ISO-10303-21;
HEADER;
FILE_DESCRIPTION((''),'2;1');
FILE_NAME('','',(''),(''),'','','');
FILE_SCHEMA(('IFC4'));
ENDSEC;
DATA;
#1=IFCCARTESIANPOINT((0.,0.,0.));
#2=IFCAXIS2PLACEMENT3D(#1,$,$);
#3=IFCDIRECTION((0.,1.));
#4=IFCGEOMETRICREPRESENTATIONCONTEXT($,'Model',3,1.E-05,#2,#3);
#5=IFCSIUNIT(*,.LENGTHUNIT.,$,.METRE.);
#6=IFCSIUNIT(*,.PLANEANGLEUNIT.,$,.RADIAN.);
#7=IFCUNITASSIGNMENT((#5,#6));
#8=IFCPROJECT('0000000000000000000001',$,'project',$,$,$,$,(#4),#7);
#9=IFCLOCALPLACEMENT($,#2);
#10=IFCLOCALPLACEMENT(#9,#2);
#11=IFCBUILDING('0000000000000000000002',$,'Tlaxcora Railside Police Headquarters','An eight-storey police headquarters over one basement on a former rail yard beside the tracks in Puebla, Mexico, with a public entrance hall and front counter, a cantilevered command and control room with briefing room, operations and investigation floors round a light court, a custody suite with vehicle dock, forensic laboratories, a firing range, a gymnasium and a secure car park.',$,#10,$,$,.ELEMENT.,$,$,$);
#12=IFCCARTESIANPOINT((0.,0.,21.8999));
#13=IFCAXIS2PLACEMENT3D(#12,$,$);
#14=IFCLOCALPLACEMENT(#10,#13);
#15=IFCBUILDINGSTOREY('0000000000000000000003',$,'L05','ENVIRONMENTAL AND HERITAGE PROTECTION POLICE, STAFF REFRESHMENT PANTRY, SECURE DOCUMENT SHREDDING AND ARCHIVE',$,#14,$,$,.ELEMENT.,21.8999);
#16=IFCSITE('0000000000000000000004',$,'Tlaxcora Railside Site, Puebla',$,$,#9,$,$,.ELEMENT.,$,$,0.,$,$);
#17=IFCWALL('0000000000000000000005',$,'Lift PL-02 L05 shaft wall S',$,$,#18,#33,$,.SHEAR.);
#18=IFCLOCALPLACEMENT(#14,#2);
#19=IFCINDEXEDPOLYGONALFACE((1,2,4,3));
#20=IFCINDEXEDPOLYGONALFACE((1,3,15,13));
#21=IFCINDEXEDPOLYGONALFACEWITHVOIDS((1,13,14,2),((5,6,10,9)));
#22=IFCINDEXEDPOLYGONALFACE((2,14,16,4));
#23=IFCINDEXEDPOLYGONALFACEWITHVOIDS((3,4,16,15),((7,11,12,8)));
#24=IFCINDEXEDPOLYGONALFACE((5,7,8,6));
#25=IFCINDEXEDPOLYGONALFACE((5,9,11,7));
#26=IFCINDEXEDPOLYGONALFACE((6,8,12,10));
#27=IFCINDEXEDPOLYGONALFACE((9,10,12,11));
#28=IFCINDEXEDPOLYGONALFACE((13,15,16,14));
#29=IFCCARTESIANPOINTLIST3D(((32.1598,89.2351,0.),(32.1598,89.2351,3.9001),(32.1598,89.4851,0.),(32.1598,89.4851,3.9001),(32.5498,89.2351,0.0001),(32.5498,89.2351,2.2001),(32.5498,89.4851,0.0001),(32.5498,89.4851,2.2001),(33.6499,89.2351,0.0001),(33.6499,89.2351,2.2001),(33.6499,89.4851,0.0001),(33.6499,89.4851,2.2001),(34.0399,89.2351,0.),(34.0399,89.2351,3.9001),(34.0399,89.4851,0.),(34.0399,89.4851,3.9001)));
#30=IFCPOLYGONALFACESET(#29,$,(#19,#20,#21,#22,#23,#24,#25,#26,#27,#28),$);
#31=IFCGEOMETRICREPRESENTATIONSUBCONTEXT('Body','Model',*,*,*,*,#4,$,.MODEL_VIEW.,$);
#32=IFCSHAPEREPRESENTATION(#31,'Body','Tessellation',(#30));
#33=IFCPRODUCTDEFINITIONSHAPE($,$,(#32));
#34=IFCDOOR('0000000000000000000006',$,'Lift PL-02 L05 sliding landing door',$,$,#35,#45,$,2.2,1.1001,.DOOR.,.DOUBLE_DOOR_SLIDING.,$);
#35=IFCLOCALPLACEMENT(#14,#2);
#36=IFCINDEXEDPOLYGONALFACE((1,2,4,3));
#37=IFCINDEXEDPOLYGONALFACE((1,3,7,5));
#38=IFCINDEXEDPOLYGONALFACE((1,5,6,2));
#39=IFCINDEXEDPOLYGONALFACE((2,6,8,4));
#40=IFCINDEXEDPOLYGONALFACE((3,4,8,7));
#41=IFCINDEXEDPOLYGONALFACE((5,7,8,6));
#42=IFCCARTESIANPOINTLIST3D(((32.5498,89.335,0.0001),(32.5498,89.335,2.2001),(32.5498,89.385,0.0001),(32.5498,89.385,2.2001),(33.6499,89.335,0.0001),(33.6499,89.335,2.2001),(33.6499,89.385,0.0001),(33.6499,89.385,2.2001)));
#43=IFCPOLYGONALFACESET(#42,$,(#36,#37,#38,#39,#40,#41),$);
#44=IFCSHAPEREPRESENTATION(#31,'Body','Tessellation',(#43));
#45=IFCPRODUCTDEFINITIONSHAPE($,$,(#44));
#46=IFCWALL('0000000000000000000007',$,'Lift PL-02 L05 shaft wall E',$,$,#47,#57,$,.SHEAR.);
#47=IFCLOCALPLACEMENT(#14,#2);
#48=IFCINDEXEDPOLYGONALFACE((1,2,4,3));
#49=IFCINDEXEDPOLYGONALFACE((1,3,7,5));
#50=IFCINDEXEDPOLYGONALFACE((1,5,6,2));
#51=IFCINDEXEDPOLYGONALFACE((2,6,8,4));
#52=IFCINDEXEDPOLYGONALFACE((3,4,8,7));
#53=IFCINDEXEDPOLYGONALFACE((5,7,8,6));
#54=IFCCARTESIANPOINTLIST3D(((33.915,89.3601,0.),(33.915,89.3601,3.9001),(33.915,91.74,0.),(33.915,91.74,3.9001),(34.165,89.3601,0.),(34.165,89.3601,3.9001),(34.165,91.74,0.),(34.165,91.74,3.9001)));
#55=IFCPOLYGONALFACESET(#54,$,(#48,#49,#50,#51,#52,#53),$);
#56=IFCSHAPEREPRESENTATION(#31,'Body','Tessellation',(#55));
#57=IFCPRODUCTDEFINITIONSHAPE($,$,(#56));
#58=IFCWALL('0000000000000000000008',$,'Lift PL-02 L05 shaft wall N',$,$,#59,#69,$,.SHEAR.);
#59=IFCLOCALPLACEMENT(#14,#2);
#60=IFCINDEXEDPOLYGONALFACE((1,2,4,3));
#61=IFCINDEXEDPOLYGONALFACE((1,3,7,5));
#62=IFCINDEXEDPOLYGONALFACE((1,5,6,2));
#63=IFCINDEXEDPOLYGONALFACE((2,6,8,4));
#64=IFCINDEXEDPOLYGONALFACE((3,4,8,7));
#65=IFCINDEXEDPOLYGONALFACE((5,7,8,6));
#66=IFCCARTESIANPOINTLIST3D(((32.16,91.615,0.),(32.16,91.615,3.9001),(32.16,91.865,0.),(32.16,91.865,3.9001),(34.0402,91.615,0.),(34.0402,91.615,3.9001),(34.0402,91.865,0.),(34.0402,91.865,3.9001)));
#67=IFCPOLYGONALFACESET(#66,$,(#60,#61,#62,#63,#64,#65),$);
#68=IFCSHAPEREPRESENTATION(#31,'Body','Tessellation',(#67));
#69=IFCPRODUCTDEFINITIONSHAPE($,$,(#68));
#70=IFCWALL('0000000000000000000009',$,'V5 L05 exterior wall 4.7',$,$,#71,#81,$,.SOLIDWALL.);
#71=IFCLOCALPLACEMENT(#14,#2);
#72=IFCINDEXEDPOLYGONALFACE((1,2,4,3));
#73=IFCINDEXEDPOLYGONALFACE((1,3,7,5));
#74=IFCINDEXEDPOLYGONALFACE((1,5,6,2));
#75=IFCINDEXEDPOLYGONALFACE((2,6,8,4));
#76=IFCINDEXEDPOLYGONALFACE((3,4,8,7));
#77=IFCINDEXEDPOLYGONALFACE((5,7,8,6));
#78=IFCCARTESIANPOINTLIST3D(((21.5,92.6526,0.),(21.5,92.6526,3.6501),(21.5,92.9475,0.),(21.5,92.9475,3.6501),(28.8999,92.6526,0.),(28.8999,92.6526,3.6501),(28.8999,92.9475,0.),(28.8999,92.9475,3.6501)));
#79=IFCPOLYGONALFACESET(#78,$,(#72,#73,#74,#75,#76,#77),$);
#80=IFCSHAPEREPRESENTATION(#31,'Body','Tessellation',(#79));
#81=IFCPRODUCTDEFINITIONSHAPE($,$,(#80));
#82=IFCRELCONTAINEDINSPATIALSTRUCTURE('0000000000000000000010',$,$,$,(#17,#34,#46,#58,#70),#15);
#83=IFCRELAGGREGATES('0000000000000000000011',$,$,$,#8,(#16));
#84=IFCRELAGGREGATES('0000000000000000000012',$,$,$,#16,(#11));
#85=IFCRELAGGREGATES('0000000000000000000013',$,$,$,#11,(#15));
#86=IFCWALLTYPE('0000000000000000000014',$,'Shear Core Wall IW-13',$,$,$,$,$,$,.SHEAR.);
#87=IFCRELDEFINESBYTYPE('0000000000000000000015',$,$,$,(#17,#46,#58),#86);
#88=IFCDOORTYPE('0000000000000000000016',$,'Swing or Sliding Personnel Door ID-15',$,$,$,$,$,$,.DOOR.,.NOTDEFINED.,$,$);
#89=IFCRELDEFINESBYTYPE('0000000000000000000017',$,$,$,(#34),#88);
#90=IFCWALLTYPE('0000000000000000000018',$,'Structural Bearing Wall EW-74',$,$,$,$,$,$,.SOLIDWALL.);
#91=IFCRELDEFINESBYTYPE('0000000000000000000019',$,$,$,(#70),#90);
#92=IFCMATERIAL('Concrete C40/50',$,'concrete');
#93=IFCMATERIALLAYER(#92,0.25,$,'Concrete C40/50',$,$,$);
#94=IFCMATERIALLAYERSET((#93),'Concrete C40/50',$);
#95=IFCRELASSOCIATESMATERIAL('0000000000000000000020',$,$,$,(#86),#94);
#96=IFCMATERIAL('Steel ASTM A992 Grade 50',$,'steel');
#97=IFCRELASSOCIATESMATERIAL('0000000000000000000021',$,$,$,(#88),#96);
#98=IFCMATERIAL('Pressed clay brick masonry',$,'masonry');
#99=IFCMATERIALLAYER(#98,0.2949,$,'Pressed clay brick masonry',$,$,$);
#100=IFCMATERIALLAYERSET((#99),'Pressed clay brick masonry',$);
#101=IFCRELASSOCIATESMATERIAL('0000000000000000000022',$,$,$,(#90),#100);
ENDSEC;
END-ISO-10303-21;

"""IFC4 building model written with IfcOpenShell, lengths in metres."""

from ifc_helpers import new_model, si_unit, direction, frame, frame_2d, origin, place, context, subcontext, project, spatial, rectangle, extrude, material, layer, layer_set, type_object, element, fill, save


model = new_model("IFC4")

# Units and contexts
model_context = context("Model", 3, precision=1e-05, world=origin(), true_north=direction((0.0, 1.0)))
body_context = subcontext(model_context, "Body", "Model", "MODEL_VIEW")
ifc_project = project(units=[si_unit("LENGTHUNIT", "METRE"), si_unit("PLANEANGLEUNIT", "RADIAN")], contexts=[model_context])

# Site, building, storey
site_placement = place(None, origin())
site = spatial("IfcSite", under=ifc_project, at=site_placement, Name="Tlaxcora Railside Site, Puebla", CompositionType="ELEMENT", RefElevation=0.0)
building_placement = place(site_placement, origin())
building = spatial("IfcBuilding", under=site, at=building_placement, Name="Tlaxcora Railside Police Headquarters", Description="An eight-storey police headquarters over one basement on a former rail yard beside the tracks in Puebla, Mexico, with a public entrance hall and front counter, a cantilevered command and control room with briefing room, operations and investigation floors round a light court, a custody suite with vehicle dock, forensic laboratories, a firing range, a gymnasium and a secure car park.", CompositionType="ELEMENT")
storey_placement = place(building_placement, frame((0.0, 0.0, 21.8999)))
storey = spatial("IfcBuildingStorey", under=building, at=storey_placement, Name="L05", Description="ENVIRONMENTAL AND HERITAGE PROTECTION POLICE, STAFF REFRESHMENT PANTRY, SECURE DOCUMENT SHREDDING AND ARCHIVE", CompositionType="ELEMENT", Elevation=21.8999)

# Shared definitions
ifc_material_1 = material(Name="Concrete C40/50", Category="concrete")

# Shared definitions
ifc_material_2 = material(Name="Steel ASTM A992 Grade 50", Category="steel")

# Shared definitions
ifc_layer_1 = layer(ifc_material_1, 0.25, Name="Concrete C40/50")
ifc_layer_set_1 = layer_set([ifc_layer_1], Name="Concrete C40/50")
wall_type_1 = type_object("IfcWallType", Name="Shear Core Wall IW-13", PredefinedType="SHEAR", material=ifc_layer_set_1)

# Shared definitions
door_type = type_object("IfcDoorType", Name="Swing or Sliding Personnel Door ID-15", OperationType="NOTDEFINED", PredefinedType="DOOR", material=ifc_material_2)

# Wall, opening, door
wall_1_placement = place(storey_placement, frame((32.1599, 89.3601, 0.0), z_axis=(0.0, 0.0, 1.0), x_axis=(1.0, 0.0, 0.0)))
wall_1 = element("IfcWall", 1, at=wall_1_placement, inside=storey, type_object=wall_type_1, Name="Lift PL-02 L05 shaft wall S", PredefinedType="SHEAR", context=body_context, shape_type="SweptSolid", body=[
    extrude(rectangle(XDim=1.8801, YDim=0.25, at=frame_2d((0.9399, 0.0))), origin(), (0.0, 0.0, 1.0), 3.9001),
])
opening_1_placement = place(wall_1_placement, frame((0.3899, 0.0, 0.0)))
opening_1 = element("IfcOpeningElement", 2, at=opening_1_placement, cuts=wall_1, PredefinedType="OPENING", context=body_context, shape_type="SweptSolid", body=[
    extrude(rectangle(XDim=1.1001, YDim=2.2, at=frame_2d((0.55, 1.1001))), frame((0.0, 0.135, 0.0), z_axis=(0.0, -1.0, 0.0), x_axis=(1.0, 0.0, 0.0)), (0.0, 0.0, 1.0), 0.27),
])
door_1_placement = place(opening_1_placement, origin())
door_1 = element("IfcDoor", 3, at=door_1_placement, inside=storey, type_object=door_type, Name="Lift PL-02 L05 sliding landing door", OperationType="DOUBLE_DOOR_SLIDING", OverallHeight=2.2, OverallWidth=1.1001, PredefinedType="DOOR", context=body_context, shape_type="SweptSolid", body=[
    extrude(rectangle(XDim=1.1001, YDim=2.2, at=frame_2d((0.55, 1.1001))), frame((0.0, 0.0249, 0.0), z_axis=(0.0, -1.0, 0.0), x_axis=(1.0, 0.0, 0.0)), (0.0, 0.0, 1.0), 0.05),
])
fill(opening_1, door_1)

# Walls
wall_2_placement = place(storey_placement, frame((34.04, 89.3601, 0.0), z_axis=(0.0, 0.0, 1.0), x_axis=(0.0, 1.0, 0.0)))
element("IfcWall", 4, at=wall_2_placement, inside=storey, type_object=wall_type_1, Name="Lift PL-02 L05 shaft wall E", PredefinedType="SHEAR", context=body_context, shape_type="SweptSolid", body=[
    extrude(rectangle(XDim=2.3799, YDim=0.25, at=frame_2d((1.1899, 0.0))), origin(), (0.0, 0.0, 1.0), 3.9001),
])
wall_3_placement = place(storey_placement, frame((34.04, 91.74, 0.0), z_axis=(0.0, 0.0, 1.0), x_axis=(-1.0, 0.0, 0.0)))
element("IfcWall", 5, at=wall_3_placement, inside=storey, type_object=wall_type_1, Name="Lift PL-02 L05 shaft wall N", PredefinedType="SHEAR", context=body_context, shape_type="SweptSolid", body=[
    extrude(rectangle(XDim=1.8801, YDim=0.25, at=frame_2d((0.9399, 0.0))), origin(), (0.0, 0.0, 1.0), 3.9001),
])
ifc_material_3 = material(Name="Pressed clay brick masonry", Category="masonry")
ifc_layer_2 = layer(ifc_material_3, 0.2949, Name="Pressed clay brick masonry")
ifc_layer_set_2 = layer_set([ifc_layer_2], Name="Pressed clay brick masonry")
wall_type_2 = type_object("IfcWallType", Name="Structural Bearing Wall EW-74", PredefinedType="SOLIDWALL", material=ifc_layer_set_2)
wall_4_placement = place(storey_placement, frame((28.8999, 92.8, 0.0), z_axis=(0.0, 0.0, 1.0), x_axis=(-1.0, 0.0, 0.0)))
element("IfcWall", 6, at=wall_4_placement, inside=storey, type_object=wall_type_2, Name="V5 L05 exterior wall 4.7", PredefinedType="SOLIDWALL", context=body_context, shape_type="SweptSolid", body=[
    extrude(rectangle(XDim=7.3999, YDim=0.2949, at=frame_2d((3.7, 0.0))), origin(), (0.0, 0.0, 1.0), 3.6501),
])

save(model, "model.ifc")
